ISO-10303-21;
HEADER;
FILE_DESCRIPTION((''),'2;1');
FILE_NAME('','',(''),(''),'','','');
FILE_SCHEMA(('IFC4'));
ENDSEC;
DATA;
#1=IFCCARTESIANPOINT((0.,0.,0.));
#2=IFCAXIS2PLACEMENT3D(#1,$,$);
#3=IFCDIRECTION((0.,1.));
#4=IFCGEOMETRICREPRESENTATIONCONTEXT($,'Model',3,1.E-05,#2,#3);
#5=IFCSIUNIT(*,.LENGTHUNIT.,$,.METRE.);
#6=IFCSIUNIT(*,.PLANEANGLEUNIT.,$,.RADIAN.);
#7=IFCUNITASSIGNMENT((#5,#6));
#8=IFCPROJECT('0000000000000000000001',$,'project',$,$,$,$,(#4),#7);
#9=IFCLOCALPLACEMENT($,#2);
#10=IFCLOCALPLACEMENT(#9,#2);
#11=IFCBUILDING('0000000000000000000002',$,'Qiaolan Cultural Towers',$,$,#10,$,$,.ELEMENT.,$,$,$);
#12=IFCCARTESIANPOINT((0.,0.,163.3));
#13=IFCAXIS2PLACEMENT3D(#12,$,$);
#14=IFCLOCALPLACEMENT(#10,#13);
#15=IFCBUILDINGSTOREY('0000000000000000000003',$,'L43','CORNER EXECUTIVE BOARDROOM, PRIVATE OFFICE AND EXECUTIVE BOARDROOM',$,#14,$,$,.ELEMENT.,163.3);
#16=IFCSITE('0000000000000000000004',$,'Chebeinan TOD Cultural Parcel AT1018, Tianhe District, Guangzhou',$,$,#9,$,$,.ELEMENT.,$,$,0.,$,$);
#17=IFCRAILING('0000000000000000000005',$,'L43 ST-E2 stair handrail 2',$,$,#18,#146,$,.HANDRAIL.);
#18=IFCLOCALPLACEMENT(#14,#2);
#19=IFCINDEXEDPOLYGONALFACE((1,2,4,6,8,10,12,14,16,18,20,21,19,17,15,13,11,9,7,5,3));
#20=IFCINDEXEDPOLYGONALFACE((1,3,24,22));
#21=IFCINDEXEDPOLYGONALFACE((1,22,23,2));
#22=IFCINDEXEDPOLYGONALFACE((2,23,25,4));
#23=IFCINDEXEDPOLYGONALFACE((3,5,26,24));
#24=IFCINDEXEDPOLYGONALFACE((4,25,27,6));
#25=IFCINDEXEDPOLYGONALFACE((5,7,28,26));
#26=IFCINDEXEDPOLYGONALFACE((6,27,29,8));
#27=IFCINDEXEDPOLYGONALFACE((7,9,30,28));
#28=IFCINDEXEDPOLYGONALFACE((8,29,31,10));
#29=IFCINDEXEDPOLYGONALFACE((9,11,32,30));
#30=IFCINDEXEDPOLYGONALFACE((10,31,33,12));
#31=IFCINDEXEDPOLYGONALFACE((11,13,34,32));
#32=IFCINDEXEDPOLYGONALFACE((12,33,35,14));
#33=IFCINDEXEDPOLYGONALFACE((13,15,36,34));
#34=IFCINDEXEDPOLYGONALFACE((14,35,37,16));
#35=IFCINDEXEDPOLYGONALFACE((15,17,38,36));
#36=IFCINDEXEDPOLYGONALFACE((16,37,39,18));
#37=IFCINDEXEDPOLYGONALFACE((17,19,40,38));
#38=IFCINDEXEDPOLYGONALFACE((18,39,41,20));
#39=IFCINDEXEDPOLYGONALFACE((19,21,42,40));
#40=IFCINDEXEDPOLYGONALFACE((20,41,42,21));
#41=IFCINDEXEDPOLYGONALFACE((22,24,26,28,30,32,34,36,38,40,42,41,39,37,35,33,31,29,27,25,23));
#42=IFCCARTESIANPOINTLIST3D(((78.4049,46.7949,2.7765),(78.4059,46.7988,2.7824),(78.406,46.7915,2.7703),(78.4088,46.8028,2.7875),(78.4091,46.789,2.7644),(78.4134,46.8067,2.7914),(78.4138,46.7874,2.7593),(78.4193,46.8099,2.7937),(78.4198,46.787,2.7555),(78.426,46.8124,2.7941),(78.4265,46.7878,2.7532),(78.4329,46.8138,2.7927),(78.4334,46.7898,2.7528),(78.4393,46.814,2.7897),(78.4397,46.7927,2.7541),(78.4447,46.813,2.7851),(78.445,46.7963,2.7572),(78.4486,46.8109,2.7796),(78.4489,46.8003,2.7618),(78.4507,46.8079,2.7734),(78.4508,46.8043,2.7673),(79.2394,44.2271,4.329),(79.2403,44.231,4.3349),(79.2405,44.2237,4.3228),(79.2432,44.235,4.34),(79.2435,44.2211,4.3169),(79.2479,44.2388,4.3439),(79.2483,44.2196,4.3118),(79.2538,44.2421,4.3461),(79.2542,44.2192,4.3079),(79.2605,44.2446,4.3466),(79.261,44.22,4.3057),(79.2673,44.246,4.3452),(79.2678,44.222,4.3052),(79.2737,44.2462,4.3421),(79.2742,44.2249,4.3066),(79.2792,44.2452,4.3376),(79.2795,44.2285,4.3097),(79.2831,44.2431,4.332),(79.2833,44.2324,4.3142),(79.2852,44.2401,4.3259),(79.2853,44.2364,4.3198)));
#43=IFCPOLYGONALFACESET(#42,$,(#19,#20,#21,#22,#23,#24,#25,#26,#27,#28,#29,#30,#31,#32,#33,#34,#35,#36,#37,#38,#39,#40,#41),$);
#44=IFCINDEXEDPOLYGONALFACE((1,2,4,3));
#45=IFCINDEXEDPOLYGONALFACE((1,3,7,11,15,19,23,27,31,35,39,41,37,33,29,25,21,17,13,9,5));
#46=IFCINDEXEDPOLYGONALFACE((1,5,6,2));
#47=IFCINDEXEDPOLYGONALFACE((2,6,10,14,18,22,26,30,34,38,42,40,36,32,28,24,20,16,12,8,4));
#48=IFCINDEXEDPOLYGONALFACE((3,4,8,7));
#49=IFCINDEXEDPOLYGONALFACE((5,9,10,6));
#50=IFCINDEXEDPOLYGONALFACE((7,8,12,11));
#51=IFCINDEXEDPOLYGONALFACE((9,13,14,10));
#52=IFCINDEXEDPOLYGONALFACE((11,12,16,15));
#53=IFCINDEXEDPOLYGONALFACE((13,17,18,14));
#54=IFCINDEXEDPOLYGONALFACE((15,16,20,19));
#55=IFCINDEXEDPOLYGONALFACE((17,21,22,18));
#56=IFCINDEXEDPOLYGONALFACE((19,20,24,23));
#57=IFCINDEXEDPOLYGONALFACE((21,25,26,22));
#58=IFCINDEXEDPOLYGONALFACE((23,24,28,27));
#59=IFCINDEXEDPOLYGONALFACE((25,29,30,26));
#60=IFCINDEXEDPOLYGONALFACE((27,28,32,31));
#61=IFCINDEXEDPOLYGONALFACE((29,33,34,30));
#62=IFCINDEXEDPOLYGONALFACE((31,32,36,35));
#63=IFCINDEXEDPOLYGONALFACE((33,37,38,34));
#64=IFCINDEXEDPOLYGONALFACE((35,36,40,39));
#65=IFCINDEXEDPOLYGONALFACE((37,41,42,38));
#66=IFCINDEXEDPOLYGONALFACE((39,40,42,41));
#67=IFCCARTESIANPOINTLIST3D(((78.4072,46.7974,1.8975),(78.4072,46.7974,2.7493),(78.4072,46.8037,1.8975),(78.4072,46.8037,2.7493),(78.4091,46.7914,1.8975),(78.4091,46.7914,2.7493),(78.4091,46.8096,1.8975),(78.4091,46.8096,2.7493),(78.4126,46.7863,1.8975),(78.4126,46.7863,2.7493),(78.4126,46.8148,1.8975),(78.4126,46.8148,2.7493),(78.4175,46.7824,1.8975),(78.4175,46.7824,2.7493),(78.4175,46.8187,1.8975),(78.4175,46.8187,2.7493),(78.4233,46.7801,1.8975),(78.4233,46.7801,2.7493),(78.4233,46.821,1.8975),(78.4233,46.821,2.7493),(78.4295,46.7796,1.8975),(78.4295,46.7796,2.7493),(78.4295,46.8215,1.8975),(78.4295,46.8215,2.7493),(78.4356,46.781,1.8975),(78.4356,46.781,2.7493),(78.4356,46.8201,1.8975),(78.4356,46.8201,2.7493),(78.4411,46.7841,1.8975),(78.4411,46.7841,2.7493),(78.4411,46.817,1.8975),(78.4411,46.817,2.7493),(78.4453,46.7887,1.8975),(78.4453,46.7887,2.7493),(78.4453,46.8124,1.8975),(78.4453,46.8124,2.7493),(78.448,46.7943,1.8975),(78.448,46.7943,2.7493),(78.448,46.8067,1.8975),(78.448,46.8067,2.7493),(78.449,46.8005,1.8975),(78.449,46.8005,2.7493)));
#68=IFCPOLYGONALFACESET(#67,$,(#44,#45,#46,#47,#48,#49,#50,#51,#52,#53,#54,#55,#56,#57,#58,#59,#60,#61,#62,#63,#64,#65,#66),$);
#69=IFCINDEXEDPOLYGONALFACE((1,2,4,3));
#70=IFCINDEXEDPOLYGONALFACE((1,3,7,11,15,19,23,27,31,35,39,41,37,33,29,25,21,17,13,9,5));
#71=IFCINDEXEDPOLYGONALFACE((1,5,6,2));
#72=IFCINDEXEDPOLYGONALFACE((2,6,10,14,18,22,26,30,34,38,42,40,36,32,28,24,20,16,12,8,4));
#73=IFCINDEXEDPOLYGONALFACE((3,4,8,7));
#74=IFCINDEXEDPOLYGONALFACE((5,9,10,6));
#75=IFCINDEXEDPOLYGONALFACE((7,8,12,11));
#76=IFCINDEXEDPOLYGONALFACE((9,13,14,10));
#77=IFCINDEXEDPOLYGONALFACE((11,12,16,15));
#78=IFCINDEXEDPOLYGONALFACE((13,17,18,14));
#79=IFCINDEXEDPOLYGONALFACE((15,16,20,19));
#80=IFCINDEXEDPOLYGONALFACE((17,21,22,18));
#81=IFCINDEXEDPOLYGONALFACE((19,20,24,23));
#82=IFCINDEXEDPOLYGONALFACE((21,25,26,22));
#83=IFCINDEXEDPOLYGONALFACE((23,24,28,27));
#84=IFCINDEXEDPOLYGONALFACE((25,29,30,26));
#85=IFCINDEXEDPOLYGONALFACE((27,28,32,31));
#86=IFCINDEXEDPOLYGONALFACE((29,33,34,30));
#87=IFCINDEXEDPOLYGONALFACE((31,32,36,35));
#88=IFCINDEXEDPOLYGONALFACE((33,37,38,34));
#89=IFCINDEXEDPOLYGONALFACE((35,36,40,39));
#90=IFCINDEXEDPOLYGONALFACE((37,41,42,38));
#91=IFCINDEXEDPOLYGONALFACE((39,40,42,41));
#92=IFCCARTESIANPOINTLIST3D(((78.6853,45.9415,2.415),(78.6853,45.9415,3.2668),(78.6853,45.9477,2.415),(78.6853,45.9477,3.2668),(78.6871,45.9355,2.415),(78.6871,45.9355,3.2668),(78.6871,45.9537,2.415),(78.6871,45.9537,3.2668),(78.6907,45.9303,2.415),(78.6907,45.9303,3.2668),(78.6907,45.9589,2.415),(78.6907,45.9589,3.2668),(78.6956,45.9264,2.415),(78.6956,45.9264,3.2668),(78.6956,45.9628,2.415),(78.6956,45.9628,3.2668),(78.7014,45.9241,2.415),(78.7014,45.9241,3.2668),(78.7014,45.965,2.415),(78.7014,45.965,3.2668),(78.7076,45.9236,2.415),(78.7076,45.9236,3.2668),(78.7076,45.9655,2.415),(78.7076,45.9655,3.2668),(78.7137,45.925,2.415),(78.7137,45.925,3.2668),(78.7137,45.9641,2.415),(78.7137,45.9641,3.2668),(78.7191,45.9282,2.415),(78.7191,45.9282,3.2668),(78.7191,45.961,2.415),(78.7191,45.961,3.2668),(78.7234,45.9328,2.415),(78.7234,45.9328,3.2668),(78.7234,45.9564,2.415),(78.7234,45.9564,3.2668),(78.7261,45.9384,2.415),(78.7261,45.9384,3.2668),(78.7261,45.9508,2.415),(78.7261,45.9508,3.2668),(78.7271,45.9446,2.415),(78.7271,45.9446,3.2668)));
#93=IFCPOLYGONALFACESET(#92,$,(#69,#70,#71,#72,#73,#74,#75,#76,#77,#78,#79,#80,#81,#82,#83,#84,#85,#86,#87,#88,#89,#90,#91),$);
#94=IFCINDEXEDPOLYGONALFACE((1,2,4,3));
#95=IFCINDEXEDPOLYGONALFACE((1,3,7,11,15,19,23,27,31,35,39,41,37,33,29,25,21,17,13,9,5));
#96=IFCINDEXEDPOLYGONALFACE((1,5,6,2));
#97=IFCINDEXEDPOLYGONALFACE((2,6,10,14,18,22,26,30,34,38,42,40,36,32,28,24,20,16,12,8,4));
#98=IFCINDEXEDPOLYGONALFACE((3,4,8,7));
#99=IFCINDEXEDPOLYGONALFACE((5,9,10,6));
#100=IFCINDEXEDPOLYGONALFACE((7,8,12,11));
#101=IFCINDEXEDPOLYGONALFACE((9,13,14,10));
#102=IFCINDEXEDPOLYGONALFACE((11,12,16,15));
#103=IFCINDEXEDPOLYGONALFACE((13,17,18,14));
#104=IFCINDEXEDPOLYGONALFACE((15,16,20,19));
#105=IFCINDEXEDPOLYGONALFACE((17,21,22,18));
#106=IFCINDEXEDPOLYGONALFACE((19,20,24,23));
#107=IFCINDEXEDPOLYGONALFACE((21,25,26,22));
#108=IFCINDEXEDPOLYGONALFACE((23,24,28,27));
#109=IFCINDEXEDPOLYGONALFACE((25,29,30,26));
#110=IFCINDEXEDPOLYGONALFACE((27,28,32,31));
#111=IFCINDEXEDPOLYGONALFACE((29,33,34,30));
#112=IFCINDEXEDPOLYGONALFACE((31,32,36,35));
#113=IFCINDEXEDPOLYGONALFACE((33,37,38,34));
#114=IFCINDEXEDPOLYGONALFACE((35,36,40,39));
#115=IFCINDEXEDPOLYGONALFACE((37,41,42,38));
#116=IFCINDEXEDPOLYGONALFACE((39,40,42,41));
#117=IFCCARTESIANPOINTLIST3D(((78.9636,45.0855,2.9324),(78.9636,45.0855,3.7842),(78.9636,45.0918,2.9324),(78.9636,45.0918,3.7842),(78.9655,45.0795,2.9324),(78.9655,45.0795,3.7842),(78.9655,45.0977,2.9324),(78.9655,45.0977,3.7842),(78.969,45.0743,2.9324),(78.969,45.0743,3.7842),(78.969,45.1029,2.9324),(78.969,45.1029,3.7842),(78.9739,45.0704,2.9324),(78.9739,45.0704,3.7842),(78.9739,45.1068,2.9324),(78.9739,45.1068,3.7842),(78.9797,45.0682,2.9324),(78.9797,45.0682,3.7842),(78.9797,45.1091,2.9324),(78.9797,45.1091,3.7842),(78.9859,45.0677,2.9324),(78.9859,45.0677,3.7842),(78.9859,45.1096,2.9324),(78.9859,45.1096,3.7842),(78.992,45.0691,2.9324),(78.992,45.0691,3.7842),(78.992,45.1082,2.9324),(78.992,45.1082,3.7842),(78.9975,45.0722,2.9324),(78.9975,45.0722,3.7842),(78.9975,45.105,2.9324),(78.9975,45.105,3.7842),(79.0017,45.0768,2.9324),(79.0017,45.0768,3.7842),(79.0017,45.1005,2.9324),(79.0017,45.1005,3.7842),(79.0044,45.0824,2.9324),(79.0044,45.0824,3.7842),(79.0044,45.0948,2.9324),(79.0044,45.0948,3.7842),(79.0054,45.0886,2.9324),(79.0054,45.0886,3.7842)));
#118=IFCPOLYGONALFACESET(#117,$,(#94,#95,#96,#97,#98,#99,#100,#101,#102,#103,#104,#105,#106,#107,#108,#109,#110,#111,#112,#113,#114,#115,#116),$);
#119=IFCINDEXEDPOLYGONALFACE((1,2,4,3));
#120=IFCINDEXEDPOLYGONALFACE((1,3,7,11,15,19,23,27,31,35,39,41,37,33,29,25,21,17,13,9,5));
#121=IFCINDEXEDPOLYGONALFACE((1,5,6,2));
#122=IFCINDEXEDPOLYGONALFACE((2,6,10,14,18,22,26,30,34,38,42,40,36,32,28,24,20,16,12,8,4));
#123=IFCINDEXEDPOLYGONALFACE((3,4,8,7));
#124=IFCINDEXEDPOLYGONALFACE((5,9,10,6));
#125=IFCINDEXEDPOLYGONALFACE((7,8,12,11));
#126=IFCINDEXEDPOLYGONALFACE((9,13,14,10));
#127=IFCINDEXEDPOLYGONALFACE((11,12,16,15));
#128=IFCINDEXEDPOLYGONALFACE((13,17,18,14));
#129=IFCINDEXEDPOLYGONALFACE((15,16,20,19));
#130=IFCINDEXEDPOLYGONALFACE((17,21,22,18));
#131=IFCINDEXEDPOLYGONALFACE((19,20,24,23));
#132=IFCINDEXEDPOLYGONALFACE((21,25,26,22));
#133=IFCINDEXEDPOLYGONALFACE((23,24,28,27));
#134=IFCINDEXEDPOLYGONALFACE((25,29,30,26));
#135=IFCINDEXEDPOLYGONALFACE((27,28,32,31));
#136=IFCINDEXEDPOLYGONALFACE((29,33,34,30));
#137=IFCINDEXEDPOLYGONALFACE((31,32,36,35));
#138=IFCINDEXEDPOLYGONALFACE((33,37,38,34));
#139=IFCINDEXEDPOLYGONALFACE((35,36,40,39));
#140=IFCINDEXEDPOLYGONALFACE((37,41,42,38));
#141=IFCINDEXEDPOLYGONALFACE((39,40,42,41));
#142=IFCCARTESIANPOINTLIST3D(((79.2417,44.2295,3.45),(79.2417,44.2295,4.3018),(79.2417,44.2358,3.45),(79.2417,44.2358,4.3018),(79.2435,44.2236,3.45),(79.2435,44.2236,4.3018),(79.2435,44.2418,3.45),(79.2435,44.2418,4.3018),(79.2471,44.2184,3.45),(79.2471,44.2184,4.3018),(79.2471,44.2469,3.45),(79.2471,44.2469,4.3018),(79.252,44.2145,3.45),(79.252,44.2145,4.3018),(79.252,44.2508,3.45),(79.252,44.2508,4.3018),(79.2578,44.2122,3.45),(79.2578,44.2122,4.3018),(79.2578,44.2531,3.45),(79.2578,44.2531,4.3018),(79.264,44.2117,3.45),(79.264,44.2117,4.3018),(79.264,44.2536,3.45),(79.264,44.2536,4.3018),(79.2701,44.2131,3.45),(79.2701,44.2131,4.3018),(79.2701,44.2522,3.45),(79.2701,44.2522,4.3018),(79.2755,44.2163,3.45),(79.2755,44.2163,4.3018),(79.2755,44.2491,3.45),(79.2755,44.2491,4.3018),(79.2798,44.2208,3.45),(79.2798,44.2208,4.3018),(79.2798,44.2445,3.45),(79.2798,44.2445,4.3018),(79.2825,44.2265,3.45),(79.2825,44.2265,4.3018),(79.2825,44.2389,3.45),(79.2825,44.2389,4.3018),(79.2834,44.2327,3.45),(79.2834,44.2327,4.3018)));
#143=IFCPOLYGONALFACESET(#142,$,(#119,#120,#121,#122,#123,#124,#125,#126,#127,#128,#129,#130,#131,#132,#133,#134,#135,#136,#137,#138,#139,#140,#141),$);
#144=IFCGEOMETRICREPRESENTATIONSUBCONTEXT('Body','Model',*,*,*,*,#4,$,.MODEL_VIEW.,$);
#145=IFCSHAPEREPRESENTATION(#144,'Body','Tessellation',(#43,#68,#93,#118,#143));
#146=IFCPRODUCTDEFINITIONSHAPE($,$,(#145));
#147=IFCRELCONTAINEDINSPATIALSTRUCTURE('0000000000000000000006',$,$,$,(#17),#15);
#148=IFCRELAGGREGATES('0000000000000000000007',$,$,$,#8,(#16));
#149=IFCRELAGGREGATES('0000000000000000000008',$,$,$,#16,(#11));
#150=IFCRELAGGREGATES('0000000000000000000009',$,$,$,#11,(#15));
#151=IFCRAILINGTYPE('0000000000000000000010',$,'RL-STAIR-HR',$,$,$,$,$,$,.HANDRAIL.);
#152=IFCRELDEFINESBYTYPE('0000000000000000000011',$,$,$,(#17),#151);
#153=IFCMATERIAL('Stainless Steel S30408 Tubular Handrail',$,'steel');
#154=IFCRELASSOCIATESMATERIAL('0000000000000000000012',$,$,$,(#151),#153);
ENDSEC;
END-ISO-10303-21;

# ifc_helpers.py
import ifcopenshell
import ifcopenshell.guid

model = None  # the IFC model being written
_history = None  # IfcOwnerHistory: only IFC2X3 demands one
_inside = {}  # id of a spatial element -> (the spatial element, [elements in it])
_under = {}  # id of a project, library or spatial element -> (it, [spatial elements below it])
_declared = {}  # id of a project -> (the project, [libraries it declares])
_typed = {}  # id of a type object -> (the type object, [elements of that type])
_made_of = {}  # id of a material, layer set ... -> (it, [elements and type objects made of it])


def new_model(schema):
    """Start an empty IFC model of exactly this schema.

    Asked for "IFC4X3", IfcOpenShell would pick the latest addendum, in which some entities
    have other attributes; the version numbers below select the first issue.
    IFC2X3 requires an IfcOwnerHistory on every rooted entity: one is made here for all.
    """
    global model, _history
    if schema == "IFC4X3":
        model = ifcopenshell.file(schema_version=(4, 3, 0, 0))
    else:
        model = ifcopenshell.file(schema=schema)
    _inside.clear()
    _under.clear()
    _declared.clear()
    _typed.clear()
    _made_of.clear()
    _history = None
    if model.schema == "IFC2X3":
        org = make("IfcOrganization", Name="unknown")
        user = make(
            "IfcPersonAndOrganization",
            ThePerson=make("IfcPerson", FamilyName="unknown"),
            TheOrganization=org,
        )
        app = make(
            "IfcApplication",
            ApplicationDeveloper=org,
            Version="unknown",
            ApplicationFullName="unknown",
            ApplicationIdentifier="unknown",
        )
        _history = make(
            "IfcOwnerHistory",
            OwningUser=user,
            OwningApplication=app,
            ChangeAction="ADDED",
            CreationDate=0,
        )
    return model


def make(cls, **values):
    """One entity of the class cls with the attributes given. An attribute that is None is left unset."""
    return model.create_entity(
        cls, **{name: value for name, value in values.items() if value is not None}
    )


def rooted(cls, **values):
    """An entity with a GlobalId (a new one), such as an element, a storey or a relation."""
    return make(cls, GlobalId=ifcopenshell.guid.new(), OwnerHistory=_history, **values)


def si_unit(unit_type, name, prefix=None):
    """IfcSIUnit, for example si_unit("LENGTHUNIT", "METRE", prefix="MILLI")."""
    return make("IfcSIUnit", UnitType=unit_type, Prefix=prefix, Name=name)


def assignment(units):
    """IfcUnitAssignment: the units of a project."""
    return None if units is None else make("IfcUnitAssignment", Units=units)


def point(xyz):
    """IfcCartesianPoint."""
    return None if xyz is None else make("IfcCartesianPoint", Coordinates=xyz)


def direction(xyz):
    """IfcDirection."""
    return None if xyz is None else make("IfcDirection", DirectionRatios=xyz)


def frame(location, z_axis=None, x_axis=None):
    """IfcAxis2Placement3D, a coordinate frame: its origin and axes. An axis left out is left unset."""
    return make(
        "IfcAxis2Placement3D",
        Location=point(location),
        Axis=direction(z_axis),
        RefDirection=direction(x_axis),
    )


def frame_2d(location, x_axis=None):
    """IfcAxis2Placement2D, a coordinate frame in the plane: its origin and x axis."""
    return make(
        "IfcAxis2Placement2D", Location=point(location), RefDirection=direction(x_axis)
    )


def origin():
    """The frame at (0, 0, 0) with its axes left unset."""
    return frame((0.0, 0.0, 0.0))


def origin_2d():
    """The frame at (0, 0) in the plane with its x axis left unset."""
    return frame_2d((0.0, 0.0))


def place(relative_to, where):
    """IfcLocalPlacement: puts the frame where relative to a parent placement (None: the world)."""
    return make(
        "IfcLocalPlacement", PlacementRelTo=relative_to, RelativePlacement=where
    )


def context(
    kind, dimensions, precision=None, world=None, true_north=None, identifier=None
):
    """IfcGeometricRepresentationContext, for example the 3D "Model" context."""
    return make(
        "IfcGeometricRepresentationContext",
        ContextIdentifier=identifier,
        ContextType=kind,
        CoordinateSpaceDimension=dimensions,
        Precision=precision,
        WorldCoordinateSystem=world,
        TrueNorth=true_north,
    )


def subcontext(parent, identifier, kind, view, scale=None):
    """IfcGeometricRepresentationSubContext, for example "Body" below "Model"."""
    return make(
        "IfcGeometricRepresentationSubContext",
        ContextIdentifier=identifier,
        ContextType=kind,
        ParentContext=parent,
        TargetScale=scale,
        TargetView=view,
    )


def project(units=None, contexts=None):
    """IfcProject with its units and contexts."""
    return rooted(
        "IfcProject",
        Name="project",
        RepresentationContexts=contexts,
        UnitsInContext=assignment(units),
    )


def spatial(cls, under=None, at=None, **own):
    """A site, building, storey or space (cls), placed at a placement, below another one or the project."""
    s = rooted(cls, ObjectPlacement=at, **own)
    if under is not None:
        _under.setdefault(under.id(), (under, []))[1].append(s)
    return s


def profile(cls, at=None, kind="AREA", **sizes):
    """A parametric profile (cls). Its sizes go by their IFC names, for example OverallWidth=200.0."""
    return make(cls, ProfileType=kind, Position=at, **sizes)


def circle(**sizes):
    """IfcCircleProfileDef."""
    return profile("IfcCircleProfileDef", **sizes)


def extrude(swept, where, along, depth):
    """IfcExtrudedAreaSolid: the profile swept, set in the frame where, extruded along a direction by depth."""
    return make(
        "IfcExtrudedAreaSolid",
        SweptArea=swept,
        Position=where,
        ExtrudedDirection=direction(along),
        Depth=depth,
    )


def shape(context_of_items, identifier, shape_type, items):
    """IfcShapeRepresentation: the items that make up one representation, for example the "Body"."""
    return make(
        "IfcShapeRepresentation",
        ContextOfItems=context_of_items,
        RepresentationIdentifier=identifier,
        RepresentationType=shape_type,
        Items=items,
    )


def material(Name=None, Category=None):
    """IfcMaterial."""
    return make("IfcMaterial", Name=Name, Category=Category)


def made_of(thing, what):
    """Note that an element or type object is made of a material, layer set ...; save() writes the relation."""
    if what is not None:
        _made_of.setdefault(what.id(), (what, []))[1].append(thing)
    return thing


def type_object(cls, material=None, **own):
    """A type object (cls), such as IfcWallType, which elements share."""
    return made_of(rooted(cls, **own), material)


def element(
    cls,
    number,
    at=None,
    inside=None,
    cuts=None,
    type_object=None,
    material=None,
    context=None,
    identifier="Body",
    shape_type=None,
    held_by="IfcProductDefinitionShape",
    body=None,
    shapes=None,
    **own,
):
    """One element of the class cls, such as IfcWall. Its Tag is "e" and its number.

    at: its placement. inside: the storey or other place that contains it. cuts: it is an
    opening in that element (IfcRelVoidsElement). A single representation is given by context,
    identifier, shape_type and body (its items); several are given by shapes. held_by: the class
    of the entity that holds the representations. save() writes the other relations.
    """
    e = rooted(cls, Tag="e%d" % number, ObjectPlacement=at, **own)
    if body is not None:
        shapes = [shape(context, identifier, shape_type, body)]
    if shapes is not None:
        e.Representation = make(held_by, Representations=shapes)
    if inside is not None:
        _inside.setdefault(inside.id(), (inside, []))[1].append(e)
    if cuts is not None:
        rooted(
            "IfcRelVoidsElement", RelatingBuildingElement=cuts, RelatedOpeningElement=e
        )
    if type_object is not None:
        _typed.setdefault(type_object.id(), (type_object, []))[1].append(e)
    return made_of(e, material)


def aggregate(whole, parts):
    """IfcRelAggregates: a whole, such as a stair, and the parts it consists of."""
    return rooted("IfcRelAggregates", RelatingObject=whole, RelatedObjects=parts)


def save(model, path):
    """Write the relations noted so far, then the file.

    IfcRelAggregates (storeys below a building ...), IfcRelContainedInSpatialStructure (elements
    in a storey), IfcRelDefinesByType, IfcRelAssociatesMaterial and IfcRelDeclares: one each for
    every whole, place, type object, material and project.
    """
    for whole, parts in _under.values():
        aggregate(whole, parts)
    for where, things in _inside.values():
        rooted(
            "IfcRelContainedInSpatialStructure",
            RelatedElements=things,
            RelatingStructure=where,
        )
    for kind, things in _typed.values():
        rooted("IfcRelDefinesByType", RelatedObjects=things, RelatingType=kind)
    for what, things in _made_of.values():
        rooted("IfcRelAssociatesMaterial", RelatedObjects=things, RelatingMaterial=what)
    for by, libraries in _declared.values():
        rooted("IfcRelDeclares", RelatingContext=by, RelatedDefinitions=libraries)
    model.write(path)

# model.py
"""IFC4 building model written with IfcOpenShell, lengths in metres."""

from ifc_helpers import new_model, si_unit, direction, frame, origin, origin_2d, place, context, subcontext, project, spatial, circle, extrude, material, type_object, element, save


model = new_model("IFC4")

# Units and contexts
model_context = context("Model", 3, precision=1e-05, world=origin(), true_north=direction((0.0, 1.0)))
body_context = subcontext(model_context, "Body", "Model", "MODEL_VIEW")
ifc_project = project(units=[si_unit("LENGTHUNIT", "METRE"), si_unit("PLANEANGLEUNIT", "RADIAN")], contexts=[model_context])

# Site, building, storey
site_placement = place(None, origin())
site = spatial("IfcSite", under=ifc_project, at=site_placement, Name="Chebeinan TOD Cultural Parcel AT1018, Tianhe District, Guangzhou", CompositionType="ELEMENT", RefElevation=0.0)
building_placement = place(site_placement, origin())
building = spatial("IfcBuilding", under=site, at=building_placement, Name="Qiaolan Cultural Towers", CompositionType="ELEMENT")
storey_placement = place(building_placement, frame((0.0, 0.0, 163.3)))
storey = spatial("IfcBuildingStorey", under=building, at=storey_placement, Name="L43", Description="CORNER EXECUTIVE BOARDROOM, PRIVATE OFFICE AND EXECUTIVE BOARDROOM", CompositionType="ELEMENT", Elevation=163.3)

# Railing
ifc_material_1 = material(Name="Stainless Steel S30408 Tubular Handrail", Category="steel")
railing_type_1 = type_object("IfcRailingType", Name="RL-STAIR-HR", PredefinedType="HANDRAIL", material=ifc_material_1)
railing_1_placement = place(storey_placement, frame((78.428, 46.8005, 1.8975)))
element("IfcRailing", 1, at=railing_1_placement, inside=storey, type_object=railing_type_1, Name="L43 ST-E2 stair handrail 2", PredefinedType="HANDRAIL", context=body_context, shape_type="SweptSolid", body=[
    extrude(circle(Radius=0.0239, at=origin_2d()), frame((0.0, 0.0, 0.876), z_axis=(0.267926, -0.824471, 0.498461), x_axis=(0.951043, 0.309057, 0.0)), (0.0, 0.0, 1.0), 3.1145),
    extrude(circle(Radius=0.021, at=origin_2d()), origin(), (0.0, 0.0, 1.0), 0.8518),
    extrude(circle(Radius=0.021, at=origin_2d()), frame((0.2781, -0.856, 0.5176)), (0.0, 0.0, 1.0), 0.8518),
    extrude(circle(Radius=0.021, at=origin_2d()), frame((0.5564, -1.7119, 1.0349)), (0.0, 0.0, 1.0), 0.8518),
    extrude(circle(Radius=0.021, at=origin_2d()), frame((0.8345, -2.5679, 1.5525)), (0.0, 0.0, 1.0), 0.8518),
])

save(model, "model.ifc")
